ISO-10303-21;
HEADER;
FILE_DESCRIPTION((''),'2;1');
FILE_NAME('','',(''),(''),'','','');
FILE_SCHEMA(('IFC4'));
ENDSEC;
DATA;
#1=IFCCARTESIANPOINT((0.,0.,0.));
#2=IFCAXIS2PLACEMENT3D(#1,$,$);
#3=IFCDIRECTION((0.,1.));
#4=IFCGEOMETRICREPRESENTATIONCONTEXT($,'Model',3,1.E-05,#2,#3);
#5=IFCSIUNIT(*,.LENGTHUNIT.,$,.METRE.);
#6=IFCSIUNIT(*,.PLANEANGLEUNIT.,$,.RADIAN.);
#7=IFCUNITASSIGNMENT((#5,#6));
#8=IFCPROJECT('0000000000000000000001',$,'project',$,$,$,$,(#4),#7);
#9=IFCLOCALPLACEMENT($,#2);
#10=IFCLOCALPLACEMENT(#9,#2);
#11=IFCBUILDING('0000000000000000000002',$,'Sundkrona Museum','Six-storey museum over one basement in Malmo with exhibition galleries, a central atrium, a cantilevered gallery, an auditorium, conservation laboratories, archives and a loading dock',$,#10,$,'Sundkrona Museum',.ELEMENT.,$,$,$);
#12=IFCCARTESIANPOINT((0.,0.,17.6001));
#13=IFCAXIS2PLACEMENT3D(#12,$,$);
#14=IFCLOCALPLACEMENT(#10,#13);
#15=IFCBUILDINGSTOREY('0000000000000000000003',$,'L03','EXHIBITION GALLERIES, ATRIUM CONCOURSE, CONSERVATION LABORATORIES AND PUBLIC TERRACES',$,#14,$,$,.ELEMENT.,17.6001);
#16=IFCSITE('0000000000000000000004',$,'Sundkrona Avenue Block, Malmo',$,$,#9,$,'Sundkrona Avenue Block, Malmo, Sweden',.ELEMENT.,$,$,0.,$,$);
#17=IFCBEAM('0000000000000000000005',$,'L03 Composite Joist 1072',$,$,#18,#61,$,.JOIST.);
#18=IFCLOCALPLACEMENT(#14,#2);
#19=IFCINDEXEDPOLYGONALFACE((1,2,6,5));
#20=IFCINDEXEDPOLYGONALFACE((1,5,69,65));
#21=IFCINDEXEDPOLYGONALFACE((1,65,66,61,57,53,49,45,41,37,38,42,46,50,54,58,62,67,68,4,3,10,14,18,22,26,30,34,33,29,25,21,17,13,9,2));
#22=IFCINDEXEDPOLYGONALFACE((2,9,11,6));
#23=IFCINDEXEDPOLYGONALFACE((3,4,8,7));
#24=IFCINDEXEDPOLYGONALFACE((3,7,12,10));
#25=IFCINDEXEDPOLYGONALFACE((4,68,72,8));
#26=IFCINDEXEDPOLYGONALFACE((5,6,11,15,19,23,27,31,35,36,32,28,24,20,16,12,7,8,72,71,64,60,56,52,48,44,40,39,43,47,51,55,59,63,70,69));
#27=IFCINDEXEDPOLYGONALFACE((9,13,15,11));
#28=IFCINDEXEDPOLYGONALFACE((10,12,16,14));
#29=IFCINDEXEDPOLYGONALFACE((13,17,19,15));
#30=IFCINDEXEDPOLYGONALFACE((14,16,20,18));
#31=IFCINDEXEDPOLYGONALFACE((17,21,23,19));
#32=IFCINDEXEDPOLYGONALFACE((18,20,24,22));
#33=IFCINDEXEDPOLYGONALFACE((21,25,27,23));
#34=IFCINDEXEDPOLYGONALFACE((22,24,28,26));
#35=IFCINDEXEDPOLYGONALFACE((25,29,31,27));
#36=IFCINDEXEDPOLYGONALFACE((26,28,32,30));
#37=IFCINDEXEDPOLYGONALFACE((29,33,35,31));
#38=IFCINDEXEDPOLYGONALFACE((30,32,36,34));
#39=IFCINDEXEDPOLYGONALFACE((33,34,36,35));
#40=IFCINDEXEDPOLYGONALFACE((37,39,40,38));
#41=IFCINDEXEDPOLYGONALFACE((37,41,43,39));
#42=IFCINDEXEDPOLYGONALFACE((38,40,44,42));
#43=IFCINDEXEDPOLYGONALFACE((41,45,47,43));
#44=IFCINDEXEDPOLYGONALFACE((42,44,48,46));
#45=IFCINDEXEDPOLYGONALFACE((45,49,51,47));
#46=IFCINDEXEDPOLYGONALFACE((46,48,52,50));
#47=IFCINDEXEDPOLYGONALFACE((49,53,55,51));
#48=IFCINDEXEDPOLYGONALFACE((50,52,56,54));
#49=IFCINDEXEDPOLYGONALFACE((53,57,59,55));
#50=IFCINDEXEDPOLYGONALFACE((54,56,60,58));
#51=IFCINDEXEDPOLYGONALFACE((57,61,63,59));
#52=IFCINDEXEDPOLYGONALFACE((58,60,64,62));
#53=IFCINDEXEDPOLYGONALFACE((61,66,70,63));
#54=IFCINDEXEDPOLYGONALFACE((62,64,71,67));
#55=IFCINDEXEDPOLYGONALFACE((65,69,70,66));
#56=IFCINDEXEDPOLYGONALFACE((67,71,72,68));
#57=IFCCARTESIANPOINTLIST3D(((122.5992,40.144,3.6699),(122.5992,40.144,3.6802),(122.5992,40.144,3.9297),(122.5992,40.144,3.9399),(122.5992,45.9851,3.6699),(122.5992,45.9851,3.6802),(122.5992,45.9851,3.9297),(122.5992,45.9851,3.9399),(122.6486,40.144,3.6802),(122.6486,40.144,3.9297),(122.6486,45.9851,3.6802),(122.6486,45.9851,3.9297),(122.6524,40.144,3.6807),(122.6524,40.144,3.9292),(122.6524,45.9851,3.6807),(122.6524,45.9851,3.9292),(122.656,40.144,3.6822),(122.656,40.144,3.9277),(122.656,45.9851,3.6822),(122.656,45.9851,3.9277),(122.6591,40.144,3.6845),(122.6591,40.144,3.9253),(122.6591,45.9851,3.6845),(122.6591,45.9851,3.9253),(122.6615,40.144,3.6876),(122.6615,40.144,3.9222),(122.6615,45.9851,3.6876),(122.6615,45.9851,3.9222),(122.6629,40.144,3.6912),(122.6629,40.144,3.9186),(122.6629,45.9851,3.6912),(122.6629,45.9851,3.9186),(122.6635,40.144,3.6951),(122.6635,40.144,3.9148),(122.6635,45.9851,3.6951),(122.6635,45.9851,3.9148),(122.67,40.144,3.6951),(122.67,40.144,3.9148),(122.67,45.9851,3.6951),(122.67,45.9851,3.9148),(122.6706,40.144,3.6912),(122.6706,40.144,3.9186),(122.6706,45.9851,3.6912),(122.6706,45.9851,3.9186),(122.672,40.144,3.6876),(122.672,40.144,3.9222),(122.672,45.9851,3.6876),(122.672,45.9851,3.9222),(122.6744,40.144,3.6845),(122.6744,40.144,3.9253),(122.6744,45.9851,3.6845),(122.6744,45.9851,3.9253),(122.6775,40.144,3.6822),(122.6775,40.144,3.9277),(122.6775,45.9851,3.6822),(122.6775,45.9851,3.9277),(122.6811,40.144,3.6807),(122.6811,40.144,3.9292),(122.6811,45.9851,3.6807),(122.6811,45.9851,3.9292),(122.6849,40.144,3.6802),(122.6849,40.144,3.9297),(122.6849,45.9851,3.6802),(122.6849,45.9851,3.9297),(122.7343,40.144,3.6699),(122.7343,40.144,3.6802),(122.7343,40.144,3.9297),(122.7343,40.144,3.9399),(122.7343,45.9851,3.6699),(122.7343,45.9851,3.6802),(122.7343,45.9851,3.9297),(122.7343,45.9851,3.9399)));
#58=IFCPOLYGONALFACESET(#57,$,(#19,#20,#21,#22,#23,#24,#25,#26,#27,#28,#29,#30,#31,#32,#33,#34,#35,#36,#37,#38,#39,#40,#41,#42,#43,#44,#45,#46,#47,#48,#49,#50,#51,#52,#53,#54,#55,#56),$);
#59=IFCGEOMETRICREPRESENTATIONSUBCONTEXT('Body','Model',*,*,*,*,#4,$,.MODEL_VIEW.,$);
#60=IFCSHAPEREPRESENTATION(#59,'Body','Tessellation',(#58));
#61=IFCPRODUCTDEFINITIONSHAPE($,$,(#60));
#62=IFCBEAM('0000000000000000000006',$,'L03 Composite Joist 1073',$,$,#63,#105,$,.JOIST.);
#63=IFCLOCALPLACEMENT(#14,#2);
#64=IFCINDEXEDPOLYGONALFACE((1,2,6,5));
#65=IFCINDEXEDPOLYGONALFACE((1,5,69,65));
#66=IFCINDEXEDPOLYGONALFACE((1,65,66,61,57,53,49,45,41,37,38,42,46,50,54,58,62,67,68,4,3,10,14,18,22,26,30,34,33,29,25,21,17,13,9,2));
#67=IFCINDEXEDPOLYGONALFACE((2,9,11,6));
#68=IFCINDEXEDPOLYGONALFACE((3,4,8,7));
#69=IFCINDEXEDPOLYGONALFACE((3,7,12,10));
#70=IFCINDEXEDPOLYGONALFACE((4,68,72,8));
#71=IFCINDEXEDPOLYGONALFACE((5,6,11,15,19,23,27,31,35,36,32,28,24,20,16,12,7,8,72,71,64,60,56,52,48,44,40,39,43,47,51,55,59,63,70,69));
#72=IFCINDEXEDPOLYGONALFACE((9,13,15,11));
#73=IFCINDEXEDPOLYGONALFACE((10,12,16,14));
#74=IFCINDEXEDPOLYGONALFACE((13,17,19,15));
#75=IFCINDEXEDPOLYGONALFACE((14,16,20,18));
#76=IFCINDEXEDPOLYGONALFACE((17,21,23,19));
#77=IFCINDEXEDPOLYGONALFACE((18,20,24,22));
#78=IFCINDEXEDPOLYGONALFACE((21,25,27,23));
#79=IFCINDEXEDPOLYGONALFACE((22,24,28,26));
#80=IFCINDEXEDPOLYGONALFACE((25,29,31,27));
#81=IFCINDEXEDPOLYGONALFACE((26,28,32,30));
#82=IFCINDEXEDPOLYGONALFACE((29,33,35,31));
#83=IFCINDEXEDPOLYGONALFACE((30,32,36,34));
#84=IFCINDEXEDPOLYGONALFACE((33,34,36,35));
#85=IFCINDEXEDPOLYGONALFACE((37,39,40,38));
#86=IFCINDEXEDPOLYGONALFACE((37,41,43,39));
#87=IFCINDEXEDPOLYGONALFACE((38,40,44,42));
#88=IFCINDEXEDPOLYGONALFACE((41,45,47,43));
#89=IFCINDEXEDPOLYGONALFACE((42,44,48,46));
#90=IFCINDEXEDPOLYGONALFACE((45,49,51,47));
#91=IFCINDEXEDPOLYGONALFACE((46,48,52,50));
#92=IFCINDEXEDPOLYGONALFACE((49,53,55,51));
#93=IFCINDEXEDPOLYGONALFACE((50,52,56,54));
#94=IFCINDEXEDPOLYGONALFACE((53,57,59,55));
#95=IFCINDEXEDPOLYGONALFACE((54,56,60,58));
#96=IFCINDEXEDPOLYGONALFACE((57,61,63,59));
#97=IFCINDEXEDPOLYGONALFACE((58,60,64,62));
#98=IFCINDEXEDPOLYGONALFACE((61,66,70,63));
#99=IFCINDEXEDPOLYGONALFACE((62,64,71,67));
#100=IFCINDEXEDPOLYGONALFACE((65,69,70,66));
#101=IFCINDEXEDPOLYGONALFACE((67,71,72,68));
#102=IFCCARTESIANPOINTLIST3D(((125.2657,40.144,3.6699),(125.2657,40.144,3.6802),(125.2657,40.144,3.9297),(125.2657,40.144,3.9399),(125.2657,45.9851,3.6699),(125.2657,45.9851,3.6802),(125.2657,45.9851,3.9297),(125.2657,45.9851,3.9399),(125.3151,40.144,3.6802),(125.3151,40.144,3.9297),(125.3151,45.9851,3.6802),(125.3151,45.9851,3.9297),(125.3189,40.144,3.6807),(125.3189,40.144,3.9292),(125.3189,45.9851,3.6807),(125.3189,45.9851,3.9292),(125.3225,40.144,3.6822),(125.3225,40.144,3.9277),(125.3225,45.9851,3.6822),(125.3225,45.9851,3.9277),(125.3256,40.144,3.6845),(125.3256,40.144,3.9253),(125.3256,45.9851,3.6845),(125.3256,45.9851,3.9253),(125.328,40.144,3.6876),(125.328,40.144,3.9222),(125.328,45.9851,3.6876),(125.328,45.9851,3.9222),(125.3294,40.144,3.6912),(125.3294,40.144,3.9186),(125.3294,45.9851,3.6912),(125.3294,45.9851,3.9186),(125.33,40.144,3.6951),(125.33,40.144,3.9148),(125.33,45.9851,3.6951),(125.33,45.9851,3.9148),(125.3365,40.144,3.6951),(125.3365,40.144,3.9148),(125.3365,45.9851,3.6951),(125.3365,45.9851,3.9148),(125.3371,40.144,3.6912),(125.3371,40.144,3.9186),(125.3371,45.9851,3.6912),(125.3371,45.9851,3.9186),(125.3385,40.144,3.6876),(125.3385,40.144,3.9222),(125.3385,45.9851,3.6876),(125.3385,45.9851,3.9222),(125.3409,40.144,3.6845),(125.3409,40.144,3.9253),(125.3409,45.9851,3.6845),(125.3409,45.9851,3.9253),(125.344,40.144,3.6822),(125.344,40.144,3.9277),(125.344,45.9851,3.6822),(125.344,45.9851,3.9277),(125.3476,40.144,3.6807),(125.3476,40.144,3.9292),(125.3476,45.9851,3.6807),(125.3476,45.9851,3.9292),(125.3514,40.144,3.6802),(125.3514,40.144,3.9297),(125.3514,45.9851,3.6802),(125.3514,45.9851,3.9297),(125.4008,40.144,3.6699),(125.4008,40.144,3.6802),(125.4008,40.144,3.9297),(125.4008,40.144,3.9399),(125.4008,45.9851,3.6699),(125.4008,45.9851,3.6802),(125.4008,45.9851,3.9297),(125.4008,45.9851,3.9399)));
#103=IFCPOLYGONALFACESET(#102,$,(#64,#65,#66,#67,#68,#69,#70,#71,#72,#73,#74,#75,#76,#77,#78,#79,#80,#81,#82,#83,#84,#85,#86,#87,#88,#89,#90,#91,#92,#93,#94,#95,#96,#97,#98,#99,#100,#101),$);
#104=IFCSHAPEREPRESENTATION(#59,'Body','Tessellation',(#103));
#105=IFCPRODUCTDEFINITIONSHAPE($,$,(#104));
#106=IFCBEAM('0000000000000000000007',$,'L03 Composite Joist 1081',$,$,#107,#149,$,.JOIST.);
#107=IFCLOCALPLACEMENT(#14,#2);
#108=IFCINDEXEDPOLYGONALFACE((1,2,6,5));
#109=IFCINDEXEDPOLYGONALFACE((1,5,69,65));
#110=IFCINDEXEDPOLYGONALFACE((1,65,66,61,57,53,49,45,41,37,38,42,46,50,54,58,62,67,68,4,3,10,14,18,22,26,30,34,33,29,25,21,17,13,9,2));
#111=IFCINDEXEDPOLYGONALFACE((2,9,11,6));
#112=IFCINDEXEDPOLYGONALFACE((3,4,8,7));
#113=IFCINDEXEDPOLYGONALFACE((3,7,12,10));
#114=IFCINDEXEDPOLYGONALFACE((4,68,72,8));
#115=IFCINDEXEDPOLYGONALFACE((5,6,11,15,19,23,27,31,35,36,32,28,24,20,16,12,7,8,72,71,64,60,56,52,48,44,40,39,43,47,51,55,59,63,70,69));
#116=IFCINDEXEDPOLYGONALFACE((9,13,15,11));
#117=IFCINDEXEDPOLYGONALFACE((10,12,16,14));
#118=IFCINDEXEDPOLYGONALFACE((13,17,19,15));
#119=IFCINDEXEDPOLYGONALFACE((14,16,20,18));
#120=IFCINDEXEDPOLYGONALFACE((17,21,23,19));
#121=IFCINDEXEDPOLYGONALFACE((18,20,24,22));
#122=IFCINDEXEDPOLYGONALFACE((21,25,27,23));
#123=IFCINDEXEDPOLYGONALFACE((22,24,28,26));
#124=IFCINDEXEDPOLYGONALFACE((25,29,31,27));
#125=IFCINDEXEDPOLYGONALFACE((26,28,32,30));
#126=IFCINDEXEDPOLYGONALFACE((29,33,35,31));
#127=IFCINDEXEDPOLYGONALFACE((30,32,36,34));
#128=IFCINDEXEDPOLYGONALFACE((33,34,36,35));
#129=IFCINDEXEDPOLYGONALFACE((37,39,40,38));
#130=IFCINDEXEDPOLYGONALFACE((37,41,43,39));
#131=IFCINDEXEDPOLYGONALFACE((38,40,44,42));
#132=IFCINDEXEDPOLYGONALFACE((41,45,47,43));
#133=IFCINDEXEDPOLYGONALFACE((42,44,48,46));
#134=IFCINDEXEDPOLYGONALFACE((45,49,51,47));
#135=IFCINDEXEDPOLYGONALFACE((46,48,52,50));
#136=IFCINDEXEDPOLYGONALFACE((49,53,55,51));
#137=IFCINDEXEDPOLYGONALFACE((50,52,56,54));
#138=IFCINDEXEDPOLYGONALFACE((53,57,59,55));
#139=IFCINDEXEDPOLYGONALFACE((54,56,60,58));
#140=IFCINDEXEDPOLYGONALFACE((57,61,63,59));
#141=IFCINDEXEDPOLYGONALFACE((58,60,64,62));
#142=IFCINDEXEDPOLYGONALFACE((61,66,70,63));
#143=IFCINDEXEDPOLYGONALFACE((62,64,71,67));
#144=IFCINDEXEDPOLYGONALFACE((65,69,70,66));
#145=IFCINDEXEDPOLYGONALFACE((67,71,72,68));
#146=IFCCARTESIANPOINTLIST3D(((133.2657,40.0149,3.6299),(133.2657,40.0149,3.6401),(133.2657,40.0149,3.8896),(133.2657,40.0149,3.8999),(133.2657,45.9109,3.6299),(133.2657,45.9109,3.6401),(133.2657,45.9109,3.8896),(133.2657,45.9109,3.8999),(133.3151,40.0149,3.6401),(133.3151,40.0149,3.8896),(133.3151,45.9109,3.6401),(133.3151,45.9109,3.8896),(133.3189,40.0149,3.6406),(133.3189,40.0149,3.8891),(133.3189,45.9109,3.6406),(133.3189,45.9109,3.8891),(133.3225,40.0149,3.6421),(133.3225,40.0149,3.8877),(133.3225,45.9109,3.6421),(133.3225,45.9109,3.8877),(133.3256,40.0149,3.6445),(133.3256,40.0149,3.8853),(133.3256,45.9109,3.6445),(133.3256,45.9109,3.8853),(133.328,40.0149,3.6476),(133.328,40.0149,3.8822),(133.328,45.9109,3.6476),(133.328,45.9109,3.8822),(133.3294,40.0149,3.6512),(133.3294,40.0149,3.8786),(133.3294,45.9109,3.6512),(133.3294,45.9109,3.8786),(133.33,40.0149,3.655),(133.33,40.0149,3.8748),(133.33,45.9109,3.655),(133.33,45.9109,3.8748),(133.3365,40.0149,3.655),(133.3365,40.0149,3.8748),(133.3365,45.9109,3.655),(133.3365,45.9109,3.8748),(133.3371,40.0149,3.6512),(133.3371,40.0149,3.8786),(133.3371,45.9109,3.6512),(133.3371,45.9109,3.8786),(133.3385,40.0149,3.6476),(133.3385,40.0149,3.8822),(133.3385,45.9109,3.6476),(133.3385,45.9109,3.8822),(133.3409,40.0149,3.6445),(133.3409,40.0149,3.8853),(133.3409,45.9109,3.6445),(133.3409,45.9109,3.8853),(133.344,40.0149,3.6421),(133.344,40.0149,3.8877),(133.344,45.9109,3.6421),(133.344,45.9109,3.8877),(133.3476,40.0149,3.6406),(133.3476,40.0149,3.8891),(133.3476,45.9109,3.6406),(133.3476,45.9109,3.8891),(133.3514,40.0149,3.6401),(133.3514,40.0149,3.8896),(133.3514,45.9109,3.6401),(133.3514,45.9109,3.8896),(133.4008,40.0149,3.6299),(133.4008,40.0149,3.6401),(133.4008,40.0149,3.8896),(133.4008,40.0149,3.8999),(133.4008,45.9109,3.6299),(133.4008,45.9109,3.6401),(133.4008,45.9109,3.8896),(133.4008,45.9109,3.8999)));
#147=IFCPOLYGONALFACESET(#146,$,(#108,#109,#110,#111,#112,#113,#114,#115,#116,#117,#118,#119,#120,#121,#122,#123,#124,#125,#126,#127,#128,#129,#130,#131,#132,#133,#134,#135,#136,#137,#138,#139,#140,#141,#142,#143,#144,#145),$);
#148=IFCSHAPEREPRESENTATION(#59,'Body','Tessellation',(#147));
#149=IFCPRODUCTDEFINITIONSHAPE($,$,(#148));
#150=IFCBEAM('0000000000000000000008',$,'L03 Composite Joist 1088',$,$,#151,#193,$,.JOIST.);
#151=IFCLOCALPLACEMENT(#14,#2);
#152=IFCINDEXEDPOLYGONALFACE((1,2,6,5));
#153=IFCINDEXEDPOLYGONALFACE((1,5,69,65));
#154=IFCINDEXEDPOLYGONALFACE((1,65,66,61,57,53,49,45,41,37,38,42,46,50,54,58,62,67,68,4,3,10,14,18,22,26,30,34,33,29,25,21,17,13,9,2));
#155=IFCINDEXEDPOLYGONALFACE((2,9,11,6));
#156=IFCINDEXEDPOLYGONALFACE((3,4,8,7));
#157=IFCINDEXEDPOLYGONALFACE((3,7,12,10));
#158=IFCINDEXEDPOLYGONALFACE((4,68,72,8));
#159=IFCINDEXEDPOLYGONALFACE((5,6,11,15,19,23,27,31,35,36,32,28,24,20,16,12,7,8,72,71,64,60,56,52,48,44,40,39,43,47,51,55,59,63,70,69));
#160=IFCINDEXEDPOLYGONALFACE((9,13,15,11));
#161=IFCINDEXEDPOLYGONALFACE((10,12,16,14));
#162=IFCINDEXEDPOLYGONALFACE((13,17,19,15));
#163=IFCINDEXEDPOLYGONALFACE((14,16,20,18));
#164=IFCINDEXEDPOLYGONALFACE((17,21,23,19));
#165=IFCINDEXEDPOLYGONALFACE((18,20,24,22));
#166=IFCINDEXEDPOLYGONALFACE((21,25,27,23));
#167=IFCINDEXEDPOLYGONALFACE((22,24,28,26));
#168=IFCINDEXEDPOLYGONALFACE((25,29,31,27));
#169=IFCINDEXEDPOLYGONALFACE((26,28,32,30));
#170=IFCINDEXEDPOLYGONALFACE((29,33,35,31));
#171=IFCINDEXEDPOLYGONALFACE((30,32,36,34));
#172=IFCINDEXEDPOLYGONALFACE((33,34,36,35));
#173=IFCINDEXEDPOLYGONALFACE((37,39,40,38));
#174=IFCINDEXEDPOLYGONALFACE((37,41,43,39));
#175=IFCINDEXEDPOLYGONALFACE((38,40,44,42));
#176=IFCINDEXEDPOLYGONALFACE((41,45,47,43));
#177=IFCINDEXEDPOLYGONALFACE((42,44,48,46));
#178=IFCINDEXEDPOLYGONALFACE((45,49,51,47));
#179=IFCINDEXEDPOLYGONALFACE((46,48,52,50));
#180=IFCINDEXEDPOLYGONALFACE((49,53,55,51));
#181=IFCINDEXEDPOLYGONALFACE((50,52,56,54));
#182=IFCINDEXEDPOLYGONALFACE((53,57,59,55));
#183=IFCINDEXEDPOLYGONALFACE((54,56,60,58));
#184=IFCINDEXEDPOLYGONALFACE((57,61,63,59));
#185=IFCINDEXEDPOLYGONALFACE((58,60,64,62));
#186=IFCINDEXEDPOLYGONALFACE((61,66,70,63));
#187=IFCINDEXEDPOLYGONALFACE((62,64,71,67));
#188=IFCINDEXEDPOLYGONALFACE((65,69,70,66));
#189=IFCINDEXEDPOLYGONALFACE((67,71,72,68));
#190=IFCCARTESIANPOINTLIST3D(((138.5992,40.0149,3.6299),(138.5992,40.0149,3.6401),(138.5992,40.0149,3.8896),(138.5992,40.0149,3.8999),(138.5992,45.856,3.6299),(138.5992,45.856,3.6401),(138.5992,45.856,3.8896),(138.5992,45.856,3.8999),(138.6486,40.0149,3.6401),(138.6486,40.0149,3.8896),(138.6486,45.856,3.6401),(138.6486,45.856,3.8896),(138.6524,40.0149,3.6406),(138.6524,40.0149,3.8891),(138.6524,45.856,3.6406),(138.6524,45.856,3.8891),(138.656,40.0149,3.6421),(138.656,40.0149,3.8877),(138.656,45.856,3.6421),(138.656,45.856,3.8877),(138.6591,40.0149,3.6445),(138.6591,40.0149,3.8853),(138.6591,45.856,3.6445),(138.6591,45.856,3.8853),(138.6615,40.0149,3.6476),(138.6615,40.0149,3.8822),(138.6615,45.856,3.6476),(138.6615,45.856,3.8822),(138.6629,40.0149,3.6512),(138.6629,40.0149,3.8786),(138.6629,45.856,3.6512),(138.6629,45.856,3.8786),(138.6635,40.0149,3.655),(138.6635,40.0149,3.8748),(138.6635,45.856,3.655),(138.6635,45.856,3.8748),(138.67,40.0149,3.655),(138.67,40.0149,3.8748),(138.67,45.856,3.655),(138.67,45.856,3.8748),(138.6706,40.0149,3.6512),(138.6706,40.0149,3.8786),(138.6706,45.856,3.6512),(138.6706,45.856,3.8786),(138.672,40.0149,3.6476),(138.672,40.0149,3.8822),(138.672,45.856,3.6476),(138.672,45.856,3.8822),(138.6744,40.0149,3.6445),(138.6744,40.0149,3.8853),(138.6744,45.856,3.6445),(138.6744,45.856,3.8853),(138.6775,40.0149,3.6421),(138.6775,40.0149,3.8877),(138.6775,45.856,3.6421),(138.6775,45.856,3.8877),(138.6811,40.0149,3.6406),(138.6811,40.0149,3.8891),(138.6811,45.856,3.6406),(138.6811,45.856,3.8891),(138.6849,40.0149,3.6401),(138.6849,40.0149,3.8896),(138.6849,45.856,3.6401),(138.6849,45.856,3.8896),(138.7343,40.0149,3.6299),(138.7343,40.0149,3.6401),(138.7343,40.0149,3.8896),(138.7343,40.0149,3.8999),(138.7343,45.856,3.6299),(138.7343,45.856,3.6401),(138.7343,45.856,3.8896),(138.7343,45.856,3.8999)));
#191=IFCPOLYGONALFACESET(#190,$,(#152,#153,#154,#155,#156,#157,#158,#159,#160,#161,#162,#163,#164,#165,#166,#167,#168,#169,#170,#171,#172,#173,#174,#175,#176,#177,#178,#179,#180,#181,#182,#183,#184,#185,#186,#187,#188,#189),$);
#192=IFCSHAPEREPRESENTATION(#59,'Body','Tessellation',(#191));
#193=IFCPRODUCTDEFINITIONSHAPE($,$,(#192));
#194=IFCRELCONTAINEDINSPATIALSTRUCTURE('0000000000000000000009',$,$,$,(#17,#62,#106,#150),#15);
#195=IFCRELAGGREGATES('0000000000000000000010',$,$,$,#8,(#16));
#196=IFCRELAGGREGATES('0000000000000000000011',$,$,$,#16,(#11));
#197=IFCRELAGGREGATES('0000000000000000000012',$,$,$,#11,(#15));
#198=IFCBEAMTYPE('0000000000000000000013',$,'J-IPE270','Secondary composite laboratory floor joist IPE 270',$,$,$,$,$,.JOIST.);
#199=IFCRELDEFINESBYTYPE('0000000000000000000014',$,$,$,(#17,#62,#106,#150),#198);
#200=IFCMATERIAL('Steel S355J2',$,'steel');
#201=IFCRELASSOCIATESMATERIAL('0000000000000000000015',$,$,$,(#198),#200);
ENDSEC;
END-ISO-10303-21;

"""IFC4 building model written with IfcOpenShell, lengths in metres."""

from ifc_helpers import new_model, si_unit, direction, frame, origin, origin_2d, place, context, subcontext, project, spatial, i_section, extrude, material, material_profile, profile_set, type_object, element, save


model = new_model("IFC4")

# Units and contexts
model_context = context("Model", 3, precision=1e-05, world=origin(), true_north=direction((0.0, 1.0)))
body_context = subcontext(model_context, "Body", "Model", "MODEL_VIEW")
ifc_project = project(units=[si_unit("LENGTHUNIT", "METRE"), si_unit("PLANEANGLEUNIT", "RADIAN")], contexts=[model_context])

# Site, building, storey
site_placement = place(None, origin())
site = spatial("IfcSite", under=ifc_project, at=site_placement, Name="Sundkrona Avenue Block, Malmo", LongName="Sundkrona Avenue Block, Malmo, Sweden", CompositionType="ELEMENT", RefElevation=0.0)
building_placement = place(site_placement, origin())
building = spatial("IfcBuilding", under=site, at=building_placement, Name="Sundkrona Museum", Description="Six-storey museum over one basement in Malmo with exhibition galleries, a central atrium, a cantilevered gallery, an auditorium, conservation laboratories, archives and a loading dock", LongName="Sundkrona Museum", CompositionType="ELEMENT")
storey_placement = place(building_placement, frame((0.0, 0.0, 17.6001)))
storey = spatial("IfcBuildingStorey", under=building, at=storey_placement, Name="L03", Description="EXHIBITION GALLERIES, ATRIUM CONCOURSE, CONSERVATION LABORATORIES AND PUBLIC TERRACES", CompositionType="ELEMENT", Elevation=17.6001)

# Shared definitions
ifc_material_1 = material(Name="Steel S355J2", Category="steel")

# Beams
ifc_material_profile_1 = material_profile(ifc_material_1, i_section(OverallWidth=0.135, OverallDepth=0.27, WebThickness=0.0066, FlangeThickness=0.0103, FilletRadius=0.0149, at=origin_2d()), Name="IPE 270")
ifc_profile_set_1 = profile_set([ifc_material_profile_1], Name="Steel S355J2")
beam_type_1 = type_object("IfcBeamType", Name="J-IPE270", Description="Secondary composite laboratory floor joist IPE 270", PredefinedType="JOIST", material=ifc_profile_set_1)
for number, where, z_axis, x_axis, name in (
    (1, (122.6667, 40.144, 3.8049), (0.0, 1.0, 0.0), (-1.0, 0.0, 0.0), "L03 Composite Joist 1072"),
    (2, (125.3333, 40.144, 3.8049), (0.0, 1.0, 0.0), (-1.0, 0.0, 0.0), "L03 Composite Joist 1073"),
):
    element("IfcBeam", number, at=place(storey_placement, frame(where, z_axis=z_axis, x_axis=x_axis)), inside=storey, type_object=beam_type_1, Name=name, PredefinedType="JOIST", context=body_context, shape_type="SweptSolid", body=[
        extrude(i_section(OverallWidth=0.135, OverallDepth=0.27, WebThickness=0.0066, FlangeThickness=0.0103, FilletRadius=0.0149, at=origin_2d()), origin(), (0.0, 0.0, 1.0), 5.8411),
    ])
beam_1_placement = place(storey_placement, frame((133.3333, 40.0149, 3.7649), z_axis=(0.0, 1.0, 0.0), x_axis=(-1.0, 0.0, 0.0)))
element("IfcBeam", 3, at=beam_1_placement, inside=storey, type_object=beam_type_1, Name="L03 Composite Joist 1081", PredefinedType="JOIST", context=body_context, shape_type="SweptSolid", body=[
    extrude(i_section(OverallWidth=0.135, OverallDepth=0.27, WebThickness=0.0066, FlangeThickness=0.0103, FilletRadius=0.0149, at=origin_2d()), origin(), (0.0, 0.0, 1.0), 5.896),
])
for number, where, z_axis, x_axis, name in (
    (4, (138.6667, 40.0149, 3.7649), (0.0, 1.0, 0.0), (-1.0, 0.0, 0.0), "L03 Composite Joist 1088"),
):
    element("IfcBeam", number, at=place(storey_placement, frame(where, z_axis=z_axis, x_axis=x_axis)), inside=storey, type_object=beam_type_1, Name=name, PredefinedType="JOIST", context=body_context, shape_type="SweptSolid", body=[
        extrude(i_section(OverallWidth=0.135, OverallDepth=0.27, WebThickness=0.0066, FlangeThickness=0.0103, FilletRadius=0.0149, at=origin_2d()), origin(), (0.0, 0.0, 1.0), 5.8411),
    ])

save(model, "model.ifc")
